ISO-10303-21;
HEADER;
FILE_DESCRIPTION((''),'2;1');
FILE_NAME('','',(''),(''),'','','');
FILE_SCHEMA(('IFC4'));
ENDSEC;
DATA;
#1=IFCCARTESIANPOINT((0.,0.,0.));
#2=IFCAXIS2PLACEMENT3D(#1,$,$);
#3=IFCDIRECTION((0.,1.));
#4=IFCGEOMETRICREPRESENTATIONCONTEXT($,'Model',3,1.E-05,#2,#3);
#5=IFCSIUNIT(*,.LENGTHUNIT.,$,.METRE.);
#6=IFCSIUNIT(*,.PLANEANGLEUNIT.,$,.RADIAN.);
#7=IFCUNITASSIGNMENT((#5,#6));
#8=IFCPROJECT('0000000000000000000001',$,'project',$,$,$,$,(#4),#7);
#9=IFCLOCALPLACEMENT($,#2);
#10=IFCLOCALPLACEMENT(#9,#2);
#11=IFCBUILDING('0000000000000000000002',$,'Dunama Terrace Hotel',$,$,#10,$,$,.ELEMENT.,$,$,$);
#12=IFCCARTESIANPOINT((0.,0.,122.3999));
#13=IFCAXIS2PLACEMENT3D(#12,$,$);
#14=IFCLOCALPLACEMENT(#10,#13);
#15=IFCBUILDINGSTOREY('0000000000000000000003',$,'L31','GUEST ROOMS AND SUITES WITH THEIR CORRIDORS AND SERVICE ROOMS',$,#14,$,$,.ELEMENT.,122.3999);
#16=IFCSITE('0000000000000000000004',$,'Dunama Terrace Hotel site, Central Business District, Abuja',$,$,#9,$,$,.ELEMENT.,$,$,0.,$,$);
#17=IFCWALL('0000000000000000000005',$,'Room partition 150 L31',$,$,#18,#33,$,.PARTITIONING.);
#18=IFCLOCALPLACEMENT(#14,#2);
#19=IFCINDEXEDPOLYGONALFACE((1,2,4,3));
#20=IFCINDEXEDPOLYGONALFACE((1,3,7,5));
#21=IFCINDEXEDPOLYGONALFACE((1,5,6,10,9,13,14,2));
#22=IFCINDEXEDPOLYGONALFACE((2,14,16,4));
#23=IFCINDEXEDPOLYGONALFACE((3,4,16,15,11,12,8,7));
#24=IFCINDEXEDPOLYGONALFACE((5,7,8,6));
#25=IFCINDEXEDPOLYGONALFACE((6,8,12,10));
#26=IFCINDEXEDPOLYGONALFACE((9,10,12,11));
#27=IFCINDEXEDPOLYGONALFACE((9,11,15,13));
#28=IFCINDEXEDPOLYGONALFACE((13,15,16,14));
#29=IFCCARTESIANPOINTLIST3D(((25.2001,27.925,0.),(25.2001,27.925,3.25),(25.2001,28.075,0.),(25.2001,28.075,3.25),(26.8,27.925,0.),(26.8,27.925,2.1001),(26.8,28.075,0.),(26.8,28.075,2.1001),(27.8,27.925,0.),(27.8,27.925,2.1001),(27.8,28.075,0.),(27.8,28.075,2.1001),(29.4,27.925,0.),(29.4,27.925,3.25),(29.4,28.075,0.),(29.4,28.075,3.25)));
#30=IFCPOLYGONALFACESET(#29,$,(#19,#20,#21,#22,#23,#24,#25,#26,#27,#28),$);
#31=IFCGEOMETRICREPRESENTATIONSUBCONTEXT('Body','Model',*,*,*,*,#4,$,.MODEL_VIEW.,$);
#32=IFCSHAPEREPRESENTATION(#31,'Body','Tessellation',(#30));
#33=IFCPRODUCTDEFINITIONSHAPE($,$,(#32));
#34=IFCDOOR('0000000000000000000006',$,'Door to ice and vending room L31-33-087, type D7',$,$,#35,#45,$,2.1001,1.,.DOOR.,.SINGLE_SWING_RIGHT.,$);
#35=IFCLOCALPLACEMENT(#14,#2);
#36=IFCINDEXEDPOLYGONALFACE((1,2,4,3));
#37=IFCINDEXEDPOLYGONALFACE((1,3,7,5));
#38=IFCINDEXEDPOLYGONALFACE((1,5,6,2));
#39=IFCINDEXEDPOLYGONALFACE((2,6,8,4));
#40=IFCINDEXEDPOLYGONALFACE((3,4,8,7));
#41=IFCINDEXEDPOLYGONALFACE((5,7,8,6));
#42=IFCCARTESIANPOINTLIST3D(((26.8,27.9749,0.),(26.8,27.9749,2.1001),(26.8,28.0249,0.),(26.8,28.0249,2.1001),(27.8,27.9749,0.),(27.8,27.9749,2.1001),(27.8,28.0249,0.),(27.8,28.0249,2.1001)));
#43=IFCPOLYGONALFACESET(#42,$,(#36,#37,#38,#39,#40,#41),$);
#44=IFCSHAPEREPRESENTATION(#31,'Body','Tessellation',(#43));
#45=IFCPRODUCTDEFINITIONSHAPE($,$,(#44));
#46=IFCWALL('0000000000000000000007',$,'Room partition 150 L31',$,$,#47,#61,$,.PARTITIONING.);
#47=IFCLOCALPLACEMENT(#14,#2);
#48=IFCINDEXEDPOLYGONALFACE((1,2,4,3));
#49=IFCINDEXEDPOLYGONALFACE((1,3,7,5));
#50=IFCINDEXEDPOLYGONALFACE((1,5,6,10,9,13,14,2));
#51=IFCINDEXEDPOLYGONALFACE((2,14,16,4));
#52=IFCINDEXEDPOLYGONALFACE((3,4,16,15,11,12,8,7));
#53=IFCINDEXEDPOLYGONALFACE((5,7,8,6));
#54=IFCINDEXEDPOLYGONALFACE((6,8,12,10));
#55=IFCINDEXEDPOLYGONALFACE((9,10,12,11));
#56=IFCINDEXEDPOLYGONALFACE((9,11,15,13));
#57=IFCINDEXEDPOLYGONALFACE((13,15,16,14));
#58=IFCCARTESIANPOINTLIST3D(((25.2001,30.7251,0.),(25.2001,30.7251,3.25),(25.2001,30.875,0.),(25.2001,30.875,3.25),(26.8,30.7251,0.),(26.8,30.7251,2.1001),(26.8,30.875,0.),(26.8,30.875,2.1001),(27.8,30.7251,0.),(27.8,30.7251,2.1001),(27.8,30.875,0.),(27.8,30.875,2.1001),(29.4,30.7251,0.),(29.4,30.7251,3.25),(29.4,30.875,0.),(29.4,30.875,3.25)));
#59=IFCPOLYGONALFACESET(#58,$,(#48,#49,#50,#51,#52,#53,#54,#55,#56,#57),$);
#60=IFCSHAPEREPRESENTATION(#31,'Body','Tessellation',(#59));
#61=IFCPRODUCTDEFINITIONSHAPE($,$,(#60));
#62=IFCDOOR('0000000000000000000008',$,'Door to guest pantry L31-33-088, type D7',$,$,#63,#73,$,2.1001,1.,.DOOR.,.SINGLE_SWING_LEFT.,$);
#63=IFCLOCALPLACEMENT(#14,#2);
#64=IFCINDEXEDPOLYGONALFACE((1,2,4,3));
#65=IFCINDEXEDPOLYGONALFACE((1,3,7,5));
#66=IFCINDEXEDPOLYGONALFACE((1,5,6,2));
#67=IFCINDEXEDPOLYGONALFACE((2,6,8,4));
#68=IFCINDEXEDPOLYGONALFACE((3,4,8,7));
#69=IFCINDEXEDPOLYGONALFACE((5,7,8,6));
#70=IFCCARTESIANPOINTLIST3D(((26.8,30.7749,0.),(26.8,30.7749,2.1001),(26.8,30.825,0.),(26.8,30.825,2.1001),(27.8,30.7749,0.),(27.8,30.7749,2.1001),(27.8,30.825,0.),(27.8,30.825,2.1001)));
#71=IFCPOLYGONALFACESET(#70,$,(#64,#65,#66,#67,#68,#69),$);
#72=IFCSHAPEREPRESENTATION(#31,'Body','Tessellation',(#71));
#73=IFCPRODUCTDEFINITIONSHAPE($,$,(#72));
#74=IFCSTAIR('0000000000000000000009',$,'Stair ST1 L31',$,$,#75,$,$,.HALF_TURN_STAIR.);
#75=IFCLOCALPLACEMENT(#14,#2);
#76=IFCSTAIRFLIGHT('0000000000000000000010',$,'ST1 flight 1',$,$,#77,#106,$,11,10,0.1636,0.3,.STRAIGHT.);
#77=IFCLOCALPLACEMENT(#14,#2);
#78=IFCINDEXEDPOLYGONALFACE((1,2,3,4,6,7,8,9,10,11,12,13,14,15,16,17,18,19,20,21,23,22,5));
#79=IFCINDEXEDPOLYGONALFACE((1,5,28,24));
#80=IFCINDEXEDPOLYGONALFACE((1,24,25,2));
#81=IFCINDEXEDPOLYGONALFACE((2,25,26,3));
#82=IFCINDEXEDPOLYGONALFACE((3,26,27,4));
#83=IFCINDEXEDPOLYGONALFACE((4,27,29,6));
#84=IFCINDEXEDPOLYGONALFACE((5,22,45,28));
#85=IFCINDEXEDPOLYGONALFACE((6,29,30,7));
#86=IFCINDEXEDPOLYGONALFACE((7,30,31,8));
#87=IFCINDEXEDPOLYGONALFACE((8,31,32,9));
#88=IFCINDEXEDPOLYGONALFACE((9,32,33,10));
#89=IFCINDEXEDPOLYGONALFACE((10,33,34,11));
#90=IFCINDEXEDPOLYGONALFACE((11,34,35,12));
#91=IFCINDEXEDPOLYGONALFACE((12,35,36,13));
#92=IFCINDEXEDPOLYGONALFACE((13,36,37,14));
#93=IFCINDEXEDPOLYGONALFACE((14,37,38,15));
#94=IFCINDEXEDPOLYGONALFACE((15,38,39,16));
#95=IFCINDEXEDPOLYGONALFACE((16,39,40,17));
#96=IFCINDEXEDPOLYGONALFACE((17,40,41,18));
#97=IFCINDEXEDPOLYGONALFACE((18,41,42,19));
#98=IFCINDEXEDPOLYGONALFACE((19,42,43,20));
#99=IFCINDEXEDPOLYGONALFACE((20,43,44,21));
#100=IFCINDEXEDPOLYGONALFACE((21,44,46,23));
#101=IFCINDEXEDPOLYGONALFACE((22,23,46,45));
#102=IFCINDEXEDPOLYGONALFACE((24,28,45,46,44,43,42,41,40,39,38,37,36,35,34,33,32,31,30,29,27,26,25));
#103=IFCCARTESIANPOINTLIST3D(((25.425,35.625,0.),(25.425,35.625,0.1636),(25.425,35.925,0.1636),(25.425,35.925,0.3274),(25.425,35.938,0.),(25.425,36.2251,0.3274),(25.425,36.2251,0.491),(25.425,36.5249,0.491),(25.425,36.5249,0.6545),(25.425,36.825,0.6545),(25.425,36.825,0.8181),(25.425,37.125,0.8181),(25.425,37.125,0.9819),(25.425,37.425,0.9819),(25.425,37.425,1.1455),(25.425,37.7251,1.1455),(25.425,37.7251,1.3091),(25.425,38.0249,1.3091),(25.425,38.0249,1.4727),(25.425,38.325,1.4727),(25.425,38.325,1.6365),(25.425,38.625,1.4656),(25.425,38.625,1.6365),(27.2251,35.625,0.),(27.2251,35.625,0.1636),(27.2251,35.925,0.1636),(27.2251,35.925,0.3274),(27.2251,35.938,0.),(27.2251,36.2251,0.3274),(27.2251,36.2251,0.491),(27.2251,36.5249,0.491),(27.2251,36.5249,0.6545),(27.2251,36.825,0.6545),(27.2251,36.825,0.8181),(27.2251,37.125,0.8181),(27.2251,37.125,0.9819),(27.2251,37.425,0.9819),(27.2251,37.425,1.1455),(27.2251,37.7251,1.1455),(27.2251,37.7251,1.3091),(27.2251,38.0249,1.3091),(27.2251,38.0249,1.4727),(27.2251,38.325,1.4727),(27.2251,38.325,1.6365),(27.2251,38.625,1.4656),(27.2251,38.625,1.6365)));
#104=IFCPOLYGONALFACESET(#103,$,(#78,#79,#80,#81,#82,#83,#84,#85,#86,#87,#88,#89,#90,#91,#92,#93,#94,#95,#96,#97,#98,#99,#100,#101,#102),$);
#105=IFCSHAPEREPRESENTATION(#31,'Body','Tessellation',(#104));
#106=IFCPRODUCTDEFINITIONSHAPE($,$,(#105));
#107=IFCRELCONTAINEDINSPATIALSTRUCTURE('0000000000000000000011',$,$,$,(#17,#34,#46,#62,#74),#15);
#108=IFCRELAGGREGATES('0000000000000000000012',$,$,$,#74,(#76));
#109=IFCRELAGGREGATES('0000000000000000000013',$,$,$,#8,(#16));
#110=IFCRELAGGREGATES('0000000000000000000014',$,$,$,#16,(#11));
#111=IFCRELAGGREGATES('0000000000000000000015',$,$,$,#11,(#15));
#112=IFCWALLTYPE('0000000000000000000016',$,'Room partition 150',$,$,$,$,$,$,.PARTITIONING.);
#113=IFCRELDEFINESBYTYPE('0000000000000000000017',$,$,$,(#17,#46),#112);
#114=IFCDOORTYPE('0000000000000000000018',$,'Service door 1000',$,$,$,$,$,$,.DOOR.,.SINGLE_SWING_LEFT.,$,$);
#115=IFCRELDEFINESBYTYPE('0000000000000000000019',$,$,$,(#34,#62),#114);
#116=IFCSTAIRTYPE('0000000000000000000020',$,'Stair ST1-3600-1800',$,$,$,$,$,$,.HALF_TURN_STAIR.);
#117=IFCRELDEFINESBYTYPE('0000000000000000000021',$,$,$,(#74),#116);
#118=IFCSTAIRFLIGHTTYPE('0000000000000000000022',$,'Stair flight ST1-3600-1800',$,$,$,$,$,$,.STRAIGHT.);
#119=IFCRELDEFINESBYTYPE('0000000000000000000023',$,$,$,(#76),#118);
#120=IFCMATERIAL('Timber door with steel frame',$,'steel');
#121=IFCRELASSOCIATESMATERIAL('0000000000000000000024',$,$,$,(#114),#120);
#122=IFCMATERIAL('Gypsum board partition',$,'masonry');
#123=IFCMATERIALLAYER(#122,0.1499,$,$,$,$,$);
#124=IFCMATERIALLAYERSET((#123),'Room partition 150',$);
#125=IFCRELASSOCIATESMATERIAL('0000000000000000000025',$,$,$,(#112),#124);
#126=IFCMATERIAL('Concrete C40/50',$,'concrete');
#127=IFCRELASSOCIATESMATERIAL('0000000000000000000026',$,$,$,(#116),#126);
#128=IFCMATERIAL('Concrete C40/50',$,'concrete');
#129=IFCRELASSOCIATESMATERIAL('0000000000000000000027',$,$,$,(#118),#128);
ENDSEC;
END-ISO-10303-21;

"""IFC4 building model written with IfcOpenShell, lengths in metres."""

from ifc_helpers import new_model, si_unit, direction, frame, frame_2d, origin, place, context, subcontext, project, spatial, polyline, rectangle, outline, extrude, material, layer, layer_set, type_object, element, fill, aggregate, save


model = new_model("IFC4")

# Units and contexts
model_context = context("Model", 3, precision=1e-05, world=origin(), true_north=direction((0.0, 1.0)))
body_context = subcontext(model_context, "Body", "Model", "MODEL_VIEW")
ifc_project = project(units=[si_unit("LENGTHUNIT", "METRE"), si_unit("PLANEANGLEUNIT", "RADIAN")], contexts=[model_context])

# Site, building, storey
site_placement = place(None, origin())
site = spatial("IfcSite", under=ifc_project, at=site_placement, Name="Dunama Terrace Hotel site, Central Business District, Abuja", CompositionType="ELEMENT", RefElevation=0.0)
building_placement = place(site_placement, origin())
building = spatial("IfcBuilding", under=site, at=building_placement, Name="Dunama Terrace Hotel", CompositionType="ELEMENT")
storey_placement = place(building_placement, frame((0.0, 0.0, 122.3999)))
storey = spatial("IfcBuildingStorey", under=building, at=storey_placement, Name="L31", Description="GUEST ROOMS AND SUITES WITH THEIR CORRIDORS AND SERVICE ROOMS", CompositionType="ELEMENT", Elevation=122.3999)

# Shared definitions
ifc_material_1 = material(Name="Timber door with steel frame", Category="steel")
door_type_1 = type_object("IfcDoorType", Name="Service door 1000", OperationType="SINGLE_SWING_LEFT", PredefinedType="DOOR", material=ifc_material_1)

# Walls, openings, doors
ifc_material_2 = material(Name="Gypsum board partition", Category="masonry")
ifc_layer_1 = layer(ifc_material_2, 0.1499)
ifc_layer_set_1 = layer_set([ifc_layer_1], Name="Room partition 150")
wall_type_1 = type_object("IfcWallType", Name="Room partition 150", PredefinedType="PARTITIONING", material=ifc_layer_set_1)
wall_1_placement = place(storey_placement, frame((25.2, 28.0, 0.0), z_axis=(0.0, 0.0, 1.0), x_axis=(1.0, 0.0, 0.0)))
wall_1 = element("IfcWall", 1, at=wall_1_placement, inside=storey, type_object=wall_type_1, Name="Room partition 150 L31", PredefinedType="PARTITIONING", context=body_context, shape_type="SweptSolid", body=[
    extrude(rectangle(XDim=4.2, YDim=0.1499, at=frame_2d((2.1001, 0.0))), origin(), (0.0, 0.0, 1.0), 3.25),
])
opening_1_placement = place(wall_1_placement, frame((1.6001, 0.0, 0.0)))
opening_1 = element("IfcOpeningElement", 2, at=opening_1_placement, cuts=wall_1, PredefinedType="OPENING", context=body_context, shape_type="SweptSolid", body=[
    extrude(rectangle(XDim=1.0, YDim=2.1001, at=frame_2d((0.5, 1.05))), frame((0.0, 0.085, 0.0), z_axis=(0.0, -1.0, 0.0), x_axis=(1.0, 0.0, 0.0)), (0.0, 0.0, 1.0), 0.1699),
])
door_1_placement = place(opening_1_placement, frame((1.0, 0.0, 0.0), z_axis=(0.0, 0.0, 1.0), x_axis=(-1.0, 0.0, 0.0)))
door_1 = element("IfcDoor", 3, at=door_1_placement, inside=storey, type_object=door_type_1, Name="Door to ice and vending room L31-33-087, type D7", OperationType="SINGLE_SWING_RIGHT", OverallHeight=2.1001, OverallWidth=1.0, PredefinedType="DOOR", context=body_context, shape_type="SweptSolid", body=[
    extrude(rectangle(XDim=1.0, YDim=2.1001, at=frame_2d((0.5, 1.05))), frame((0.0, 0.0251, 0.0), z_axis=(0.0, -1.0, 0.0), x_axis=(1.0, 0.0, 0.0)), (0.0, 0.0, 1.0), 0.05),
])
fill(opening_1, door_1)
wall_2_placement = place(storey_placement, frame((25.2, 30.8, 0.0), z_axis=(0.0, 0.0, 1.0), x_axis=(1.0, 0.0, 0.0)))
wall_2 = element("IfcWall", 4, at=wall_2_placement, inside=storey, type_object=wall_type_1, Name="Room partition 150 L31", PredefinedType="PARTITIONING", context=body_context, shape_type="SweptSolid", body=[
    extrude(rectangle(XDim=4.2, YDim=0.1499, at=frame_2d((2.1001, 0.0))), origin(), (0.0, 0.0, 1.0), 3.25),
])
opening_2_placement = place(wall_2_placement, frame((1.6001, 0.0, 0.0)))
opening_2 = element("IfcOpeningElement", 5, at=opening_2_placement, cuts=wall_2, PredefinedType="OPENING", context=body_context, shape_type="SweptSolid", body=[
    extrude(rectangle(XDim=1.0, YDim=2.1001, at=frame_2d((0.5, 1.05))), frame((0.0, 0.085, 0.0), z_axis=(0.0, -1.0, 0.0), x_axis=(1.0, 0.0, 0.0)), (0.0, 0.0, 1.0), 0.1699),
])
door_2_placement = place(opening_2_placement, origin())
door_2 = element("IfcDoor", 6, at=door_2_placement, inside=storey, type_object=door_type_1, Name="Door to guest pantry L31-33-088, type D7", OperationType="SINGLE_SWING_LEFT", OverallHeight=2.1001, OverallWidth=1.0, PredefinedType="DOOR", context=body_context, shape_type="SweptSolid", body=[
    extrude(rectangle(XDim=1.0, YDim=2.1001, at=frame_2d((0.5, 1.05))), frame((0.0, 0.0249, 0.0), z_axis=(0.0, -1.0, 0.0), x_axis=(1.0, 0.0, 0.0)), (0.0, 0.0, 1.0), 0.05),
])
fill(opening_2, door_2)

# Stair, stair flight
ifc_material_3 = material(Name="Concrete C40/50", Category="concrete")
stair_type = type_object("IfcStairType", Name="Stair ST1-3600-1800", PredefinedType="HALF_TURN_STAIR", material=ifc_material_3)
stair_placement = place(storey_placement, origin())
stair = element("IfcStair", 7, at=stair_placement, inside=storey, type_object=stair_type, Name="Stair ST1 L31", PredefinedType="HALF_TURN_STAIR")
ifc_material_4 = material(Name="Concrete C40/50", Category="concrete")
stair_flight_type = type_object("IfcStairFlightType", Name="Stair flight ST1-3600-1800", PredefinedType="STRAIGHT", material=ifc_material_4)
stair_flight_placement = place(storey_placement, frame((26.325, 35.625, 0.0), z_axis=(0.0, 0.0, 1.0), x_axis=(0.0, 1.0, 0.0)))
stair_flight = element("IfcStairFlight", 8, at=stair_flight_placement, type_object=stair_flight_type, Name="ST1 flight 1", NumberOfRisers=11, NumberOfTreads=10, PredefinedType="STRAIGHT", RiserHeight=0.1636, TreadLength=0.3, context=body_context, shape_type="SweptSolid", body=[
    extrude(outline(polyline([(0.0, 0.0), (0.0, 0.1636), (0.3, 0.1636), (0.3, 0.3274), (0.6001, 0.3274), (0.6001, 0.491), (0.8999, 0.491), (0.8999, 0.6545), (1.2, 0.6545), (1.2, 0.8181), (1.5, 0.8181), (1.5, 0.9819), (1.8, 0.9819), (1.8, 1.1455), (2.1001, 1.1455), (2.1001, 1.3091), (2.3999, 1.3091), (2.3999, 1.4727), (2.7, 1.4727), (2.7, 1.6365), (3.0, 1.6365), (3.0, 1.8), (3.0, 1.4656), (0.313, 0.0), (0.0, 0.0)])), frame((0.0, 0.8999, 0.0), z_axis=(0.0, -1.0, 0.0), x_axis=(1.0, 0.0, 0.0)), (0.0, 0.0, 1.0), 1.8),
])
aggregate(stair, [stair_flight])

save(model, "model.ifc")
